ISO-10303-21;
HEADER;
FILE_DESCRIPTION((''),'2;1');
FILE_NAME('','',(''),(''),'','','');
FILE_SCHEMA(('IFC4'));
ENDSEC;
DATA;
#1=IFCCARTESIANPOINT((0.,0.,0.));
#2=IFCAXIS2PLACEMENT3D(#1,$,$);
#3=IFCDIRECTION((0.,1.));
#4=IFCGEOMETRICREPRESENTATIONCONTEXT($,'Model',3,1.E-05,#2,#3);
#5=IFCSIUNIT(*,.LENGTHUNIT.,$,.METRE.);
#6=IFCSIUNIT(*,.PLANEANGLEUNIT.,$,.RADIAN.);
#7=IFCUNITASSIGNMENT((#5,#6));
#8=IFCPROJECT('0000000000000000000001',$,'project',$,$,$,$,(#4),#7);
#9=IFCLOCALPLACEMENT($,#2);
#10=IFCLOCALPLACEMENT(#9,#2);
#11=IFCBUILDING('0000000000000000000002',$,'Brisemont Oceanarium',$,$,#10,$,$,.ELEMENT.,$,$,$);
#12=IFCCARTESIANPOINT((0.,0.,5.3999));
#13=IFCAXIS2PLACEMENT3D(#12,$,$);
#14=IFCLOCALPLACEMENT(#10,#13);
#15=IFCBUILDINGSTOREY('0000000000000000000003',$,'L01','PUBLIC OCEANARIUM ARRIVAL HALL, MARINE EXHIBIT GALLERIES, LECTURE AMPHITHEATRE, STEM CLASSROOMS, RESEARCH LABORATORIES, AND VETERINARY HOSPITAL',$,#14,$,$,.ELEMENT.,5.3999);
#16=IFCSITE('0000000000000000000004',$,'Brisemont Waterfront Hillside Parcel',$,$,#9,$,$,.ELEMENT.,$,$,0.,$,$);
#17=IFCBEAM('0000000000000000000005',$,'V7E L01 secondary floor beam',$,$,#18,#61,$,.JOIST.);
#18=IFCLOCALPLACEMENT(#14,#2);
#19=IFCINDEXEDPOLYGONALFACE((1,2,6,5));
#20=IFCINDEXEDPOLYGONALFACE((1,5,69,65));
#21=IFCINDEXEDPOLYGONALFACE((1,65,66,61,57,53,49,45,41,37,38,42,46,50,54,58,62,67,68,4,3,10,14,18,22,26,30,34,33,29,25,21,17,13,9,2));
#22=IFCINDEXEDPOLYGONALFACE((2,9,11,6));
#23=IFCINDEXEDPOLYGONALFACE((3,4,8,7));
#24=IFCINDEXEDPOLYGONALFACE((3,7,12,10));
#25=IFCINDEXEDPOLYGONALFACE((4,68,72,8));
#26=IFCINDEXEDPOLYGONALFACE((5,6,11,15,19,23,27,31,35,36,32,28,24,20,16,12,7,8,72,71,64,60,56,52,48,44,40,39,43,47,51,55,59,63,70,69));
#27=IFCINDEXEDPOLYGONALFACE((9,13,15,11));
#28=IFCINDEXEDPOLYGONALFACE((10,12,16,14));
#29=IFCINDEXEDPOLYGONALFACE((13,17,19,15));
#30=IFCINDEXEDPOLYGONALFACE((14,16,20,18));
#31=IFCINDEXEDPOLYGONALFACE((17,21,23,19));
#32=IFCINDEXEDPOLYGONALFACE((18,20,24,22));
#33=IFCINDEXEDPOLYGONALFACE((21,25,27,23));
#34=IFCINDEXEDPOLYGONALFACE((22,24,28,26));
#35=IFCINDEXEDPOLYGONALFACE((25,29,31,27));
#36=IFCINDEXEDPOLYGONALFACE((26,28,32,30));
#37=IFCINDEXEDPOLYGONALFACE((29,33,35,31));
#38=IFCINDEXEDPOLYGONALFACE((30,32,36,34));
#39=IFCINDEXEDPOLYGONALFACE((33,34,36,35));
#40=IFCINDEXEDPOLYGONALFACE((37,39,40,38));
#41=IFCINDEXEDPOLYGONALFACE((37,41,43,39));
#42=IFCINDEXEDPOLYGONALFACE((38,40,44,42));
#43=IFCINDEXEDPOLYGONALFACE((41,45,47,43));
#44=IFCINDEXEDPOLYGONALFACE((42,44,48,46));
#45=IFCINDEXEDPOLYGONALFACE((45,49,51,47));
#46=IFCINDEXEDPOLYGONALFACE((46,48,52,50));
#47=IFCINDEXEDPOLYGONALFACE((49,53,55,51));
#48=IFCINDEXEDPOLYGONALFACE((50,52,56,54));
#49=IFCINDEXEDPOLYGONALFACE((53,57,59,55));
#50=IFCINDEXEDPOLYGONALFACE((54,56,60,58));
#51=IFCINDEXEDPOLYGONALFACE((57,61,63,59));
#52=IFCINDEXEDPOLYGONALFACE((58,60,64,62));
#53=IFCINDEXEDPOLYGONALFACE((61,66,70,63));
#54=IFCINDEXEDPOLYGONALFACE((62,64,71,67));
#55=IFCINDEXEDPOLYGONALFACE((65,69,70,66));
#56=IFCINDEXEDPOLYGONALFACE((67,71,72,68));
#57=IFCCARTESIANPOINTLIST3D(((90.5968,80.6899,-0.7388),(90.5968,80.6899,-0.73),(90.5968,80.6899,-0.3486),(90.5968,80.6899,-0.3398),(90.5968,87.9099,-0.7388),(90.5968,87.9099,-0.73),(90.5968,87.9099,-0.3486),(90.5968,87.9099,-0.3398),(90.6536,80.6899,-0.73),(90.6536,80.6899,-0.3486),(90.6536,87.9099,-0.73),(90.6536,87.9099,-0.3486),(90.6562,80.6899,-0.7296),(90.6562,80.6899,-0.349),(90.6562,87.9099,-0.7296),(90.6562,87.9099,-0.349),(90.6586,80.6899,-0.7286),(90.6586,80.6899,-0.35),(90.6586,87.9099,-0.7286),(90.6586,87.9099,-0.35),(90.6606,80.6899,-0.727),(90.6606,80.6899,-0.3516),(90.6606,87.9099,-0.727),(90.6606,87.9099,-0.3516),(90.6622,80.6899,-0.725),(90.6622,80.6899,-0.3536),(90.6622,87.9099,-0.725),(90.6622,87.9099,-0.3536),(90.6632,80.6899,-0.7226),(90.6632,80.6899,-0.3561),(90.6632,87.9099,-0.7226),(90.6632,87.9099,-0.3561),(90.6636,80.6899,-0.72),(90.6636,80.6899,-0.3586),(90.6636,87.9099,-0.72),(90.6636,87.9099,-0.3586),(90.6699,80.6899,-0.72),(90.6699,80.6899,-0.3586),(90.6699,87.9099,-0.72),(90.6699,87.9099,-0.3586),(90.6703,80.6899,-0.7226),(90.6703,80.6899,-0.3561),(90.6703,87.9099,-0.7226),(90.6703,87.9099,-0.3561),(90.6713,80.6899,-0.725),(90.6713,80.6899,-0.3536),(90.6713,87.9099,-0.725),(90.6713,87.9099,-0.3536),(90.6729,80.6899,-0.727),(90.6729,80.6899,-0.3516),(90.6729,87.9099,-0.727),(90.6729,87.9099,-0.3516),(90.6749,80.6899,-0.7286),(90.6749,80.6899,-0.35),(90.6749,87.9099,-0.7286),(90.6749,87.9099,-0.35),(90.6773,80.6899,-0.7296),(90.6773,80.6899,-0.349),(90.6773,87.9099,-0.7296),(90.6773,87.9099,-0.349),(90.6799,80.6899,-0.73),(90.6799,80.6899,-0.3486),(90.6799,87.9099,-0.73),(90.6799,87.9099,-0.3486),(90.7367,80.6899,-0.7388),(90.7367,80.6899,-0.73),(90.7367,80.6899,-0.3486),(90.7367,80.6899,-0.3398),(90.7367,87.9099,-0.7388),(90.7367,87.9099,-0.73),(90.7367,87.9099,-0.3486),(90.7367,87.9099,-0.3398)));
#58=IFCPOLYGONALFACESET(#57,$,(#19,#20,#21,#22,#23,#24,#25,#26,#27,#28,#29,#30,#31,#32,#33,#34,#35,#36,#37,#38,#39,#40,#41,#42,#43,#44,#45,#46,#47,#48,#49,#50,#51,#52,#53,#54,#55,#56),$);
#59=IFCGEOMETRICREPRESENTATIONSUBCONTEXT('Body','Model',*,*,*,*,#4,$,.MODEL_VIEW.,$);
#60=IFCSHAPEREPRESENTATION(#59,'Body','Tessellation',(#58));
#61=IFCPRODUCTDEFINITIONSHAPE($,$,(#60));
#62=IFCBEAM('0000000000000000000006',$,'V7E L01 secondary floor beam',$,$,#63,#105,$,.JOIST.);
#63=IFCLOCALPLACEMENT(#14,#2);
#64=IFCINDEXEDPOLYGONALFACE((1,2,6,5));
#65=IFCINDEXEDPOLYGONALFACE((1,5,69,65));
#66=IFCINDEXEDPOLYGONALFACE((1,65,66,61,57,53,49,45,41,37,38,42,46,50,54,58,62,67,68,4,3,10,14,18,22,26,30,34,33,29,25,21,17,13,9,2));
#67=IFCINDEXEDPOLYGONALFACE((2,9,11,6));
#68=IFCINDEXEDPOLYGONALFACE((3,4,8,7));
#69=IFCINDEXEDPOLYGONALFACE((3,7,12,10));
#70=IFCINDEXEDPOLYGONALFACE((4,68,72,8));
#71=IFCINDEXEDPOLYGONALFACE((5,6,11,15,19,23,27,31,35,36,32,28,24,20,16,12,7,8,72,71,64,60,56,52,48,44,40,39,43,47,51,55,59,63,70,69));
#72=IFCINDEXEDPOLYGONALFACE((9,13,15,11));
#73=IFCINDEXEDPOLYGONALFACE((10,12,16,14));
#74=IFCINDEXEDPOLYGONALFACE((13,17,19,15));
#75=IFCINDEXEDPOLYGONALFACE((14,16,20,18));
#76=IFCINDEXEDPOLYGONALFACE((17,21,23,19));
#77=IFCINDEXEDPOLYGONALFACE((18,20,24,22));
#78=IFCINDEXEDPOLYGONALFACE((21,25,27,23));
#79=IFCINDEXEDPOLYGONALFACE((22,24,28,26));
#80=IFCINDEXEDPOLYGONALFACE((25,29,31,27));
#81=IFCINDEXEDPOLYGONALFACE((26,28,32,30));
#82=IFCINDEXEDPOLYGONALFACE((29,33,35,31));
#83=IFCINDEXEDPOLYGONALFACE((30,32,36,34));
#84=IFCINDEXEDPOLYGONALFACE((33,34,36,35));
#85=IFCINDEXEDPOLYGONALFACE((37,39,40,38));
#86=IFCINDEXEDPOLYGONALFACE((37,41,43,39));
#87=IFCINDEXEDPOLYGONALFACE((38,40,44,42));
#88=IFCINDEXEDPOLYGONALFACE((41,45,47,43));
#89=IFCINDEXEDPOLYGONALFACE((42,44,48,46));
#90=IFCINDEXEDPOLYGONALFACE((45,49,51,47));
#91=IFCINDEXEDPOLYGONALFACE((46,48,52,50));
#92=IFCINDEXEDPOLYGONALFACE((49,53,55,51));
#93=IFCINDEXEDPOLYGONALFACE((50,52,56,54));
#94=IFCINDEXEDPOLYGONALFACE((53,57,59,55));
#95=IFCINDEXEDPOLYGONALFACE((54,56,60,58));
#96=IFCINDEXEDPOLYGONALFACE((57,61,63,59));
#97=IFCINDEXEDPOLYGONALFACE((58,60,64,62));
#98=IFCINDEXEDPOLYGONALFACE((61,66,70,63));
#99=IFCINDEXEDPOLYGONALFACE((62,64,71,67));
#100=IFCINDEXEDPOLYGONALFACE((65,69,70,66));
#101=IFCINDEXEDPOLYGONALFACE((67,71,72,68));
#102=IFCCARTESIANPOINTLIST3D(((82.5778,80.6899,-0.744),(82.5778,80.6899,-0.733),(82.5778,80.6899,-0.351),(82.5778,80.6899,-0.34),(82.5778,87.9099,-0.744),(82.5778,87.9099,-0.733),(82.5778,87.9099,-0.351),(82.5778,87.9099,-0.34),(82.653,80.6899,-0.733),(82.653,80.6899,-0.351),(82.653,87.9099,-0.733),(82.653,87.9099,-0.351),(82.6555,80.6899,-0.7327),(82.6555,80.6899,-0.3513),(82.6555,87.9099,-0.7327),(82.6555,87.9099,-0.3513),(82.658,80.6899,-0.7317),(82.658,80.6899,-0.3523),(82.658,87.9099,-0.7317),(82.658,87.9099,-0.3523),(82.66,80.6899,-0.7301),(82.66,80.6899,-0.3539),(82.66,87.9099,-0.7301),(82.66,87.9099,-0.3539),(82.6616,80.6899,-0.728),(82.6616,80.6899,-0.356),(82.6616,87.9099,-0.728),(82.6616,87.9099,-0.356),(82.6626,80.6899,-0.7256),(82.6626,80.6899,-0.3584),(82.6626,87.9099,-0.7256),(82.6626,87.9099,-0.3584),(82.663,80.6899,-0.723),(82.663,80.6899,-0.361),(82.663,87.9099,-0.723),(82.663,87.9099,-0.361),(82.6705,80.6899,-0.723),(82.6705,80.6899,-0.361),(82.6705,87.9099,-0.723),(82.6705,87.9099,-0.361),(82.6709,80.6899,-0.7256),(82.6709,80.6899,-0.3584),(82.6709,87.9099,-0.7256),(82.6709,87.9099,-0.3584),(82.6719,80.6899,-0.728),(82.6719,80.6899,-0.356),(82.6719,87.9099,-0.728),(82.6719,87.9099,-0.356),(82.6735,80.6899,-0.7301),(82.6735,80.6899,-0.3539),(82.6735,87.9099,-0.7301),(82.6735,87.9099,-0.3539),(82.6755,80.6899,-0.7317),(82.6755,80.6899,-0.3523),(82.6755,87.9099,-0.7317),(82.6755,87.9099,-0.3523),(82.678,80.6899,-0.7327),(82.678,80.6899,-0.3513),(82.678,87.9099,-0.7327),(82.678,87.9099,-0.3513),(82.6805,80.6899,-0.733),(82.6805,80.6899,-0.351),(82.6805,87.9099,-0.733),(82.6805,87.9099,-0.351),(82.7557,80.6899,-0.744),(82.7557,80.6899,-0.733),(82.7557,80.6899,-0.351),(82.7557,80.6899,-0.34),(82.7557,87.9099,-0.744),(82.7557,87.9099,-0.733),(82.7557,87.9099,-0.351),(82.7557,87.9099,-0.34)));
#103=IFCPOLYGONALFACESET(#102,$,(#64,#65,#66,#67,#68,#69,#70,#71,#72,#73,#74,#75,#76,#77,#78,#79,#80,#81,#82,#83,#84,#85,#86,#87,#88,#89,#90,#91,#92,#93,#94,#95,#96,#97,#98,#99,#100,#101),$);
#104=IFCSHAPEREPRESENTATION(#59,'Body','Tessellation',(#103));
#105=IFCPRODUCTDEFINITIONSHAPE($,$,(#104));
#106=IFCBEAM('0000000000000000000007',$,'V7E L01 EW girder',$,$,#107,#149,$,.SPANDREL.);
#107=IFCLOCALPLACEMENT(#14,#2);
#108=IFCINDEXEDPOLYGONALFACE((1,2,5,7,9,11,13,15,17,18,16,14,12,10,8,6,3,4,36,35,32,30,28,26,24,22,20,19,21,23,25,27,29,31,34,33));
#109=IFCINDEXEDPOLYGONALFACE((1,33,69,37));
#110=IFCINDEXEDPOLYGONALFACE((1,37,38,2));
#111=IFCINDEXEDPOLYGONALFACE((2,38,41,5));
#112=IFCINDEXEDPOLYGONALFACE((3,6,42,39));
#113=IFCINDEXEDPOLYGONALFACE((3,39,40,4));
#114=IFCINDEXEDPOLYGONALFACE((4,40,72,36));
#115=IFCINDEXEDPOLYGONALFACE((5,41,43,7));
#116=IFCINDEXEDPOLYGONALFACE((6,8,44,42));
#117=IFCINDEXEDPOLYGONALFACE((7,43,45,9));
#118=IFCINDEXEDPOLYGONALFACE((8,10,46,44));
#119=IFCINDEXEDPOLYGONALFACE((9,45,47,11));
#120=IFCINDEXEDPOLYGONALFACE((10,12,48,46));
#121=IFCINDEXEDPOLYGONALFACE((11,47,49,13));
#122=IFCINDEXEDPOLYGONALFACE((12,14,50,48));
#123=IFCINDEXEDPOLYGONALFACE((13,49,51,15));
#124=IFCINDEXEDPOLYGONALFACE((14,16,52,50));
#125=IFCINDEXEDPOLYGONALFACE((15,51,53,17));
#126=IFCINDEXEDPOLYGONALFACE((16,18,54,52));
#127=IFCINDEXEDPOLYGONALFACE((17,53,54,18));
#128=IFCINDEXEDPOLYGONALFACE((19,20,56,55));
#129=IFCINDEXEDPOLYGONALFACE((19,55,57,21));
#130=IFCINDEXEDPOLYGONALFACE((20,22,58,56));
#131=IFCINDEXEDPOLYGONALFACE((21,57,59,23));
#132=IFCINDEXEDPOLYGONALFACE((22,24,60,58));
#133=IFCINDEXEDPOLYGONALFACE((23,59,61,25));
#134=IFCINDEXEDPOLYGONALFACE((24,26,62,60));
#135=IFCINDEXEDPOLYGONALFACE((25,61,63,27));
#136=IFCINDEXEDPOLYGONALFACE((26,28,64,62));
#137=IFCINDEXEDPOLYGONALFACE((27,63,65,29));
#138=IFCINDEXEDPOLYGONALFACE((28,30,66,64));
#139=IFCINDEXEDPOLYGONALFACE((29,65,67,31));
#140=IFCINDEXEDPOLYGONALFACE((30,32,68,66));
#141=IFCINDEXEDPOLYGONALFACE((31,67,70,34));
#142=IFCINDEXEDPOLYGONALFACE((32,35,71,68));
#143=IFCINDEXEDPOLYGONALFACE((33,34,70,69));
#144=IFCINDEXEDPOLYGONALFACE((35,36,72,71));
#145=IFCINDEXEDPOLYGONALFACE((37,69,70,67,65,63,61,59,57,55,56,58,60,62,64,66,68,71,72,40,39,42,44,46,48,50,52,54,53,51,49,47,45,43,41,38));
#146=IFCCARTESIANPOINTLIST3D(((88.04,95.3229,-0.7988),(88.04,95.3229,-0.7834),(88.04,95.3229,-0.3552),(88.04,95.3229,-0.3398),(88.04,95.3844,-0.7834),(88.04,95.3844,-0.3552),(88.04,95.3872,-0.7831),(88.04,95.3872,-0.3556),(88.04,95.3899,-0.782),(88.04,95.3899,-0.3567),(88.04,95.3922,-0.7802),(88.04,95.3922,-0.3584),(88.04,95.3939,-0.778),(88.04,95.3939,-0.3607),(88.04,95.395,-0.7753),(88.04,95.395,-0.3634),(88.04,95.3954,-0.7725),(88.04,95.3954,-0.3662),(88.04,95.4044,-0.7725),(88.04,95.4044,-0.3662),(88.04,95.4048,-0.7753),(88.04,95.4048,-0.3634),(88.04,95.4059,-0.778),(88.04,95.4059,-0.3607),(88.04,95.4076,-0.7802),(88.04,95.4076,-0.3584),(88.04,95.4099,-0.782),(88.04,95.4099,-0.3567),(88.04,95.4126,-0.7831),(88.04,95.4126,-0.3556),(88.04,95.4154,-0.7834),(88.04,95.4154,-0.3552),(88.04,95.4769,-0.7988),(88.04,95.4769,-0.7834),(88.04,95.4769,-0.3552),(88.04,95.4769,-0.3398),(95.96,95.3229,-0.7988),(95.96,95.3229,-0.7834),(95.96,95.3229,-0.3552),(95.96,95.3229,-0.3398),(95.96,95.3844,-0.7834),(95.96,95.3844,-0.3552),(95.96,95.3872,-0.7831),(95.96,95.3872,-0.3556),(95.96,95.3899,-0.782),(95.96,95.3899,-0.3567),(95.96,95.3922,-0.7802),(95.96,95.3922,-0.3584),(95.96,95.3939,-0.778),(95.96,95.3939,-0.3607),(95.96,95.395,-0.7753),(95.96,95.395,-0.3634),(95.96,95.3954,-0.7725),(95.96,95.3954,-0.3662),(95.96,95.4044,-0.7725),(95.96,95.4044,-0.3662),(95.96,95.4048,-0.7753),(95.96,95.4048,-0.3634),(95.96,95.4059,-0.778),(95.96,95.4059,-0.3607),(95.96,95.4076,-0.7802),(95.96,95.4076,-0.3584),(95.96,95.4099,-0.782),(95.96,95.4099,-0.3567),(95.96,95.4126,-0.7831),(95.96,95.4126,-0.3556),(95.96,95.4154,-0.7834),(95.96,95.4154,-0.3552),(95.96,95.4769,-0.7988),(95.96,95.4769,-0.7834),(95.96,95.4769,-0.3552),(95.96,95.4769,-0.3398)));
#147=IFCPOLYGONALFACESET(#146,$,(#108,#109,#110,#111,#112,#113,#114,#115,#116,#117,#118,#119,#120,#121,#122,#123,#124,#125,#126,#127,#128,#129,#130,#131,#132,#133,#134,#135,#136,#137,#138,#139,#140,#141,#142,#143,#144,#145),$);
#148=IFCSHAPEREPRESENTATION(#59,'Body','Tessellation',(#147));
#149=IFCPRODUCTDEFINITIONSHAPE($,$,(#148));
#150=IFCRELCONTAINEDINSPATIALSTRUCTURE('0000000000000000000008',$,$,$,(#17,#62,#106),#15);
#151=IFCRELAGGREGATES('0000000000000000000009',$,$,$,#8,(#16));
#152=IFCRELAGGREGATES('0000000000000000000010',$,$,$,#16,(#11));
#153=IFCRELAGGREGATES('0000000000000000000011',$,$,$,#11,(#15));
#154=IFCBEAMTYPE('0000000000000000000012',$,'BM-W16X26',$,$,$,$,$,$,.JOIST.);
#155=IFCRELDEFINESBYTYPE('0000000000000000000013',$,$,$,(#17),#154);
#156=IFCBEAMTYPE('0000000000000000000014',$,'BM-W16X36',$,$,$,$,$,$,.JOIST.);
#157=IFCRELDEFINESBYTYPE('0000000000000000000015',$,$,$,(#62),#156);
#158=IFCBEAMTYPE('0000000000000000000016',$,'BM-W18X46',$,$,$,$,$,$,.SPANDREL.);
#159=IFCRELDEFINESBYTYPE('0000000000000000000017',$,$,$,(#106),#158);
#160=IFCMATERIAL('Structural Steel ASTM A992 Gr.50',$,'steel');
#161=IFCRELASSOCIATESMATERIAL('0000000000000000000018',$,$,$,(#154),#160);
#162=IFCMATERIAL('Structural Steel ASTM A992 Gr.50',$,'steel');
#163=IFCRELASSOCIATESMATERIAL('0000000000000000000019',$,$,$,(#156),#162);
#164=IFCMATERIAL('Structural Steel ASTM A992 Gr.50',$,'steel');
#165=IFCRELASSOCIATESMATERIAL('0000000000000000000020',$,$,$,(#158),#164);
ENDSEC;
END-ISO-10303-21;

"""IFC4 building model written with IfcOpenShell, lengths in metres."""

from ifc_helpers import new_model, si_unit, direction, frame, origin, origin_2d, place, context, subcontext, project, spatial, i_section, extrude, material, material_profile, profile_set, type_object, element, save


model = new_model("IFC4")

# Units and contexts
model_context = context("Model", 3, precision=1e-05, world=origin(), true_north=direction((0.0, 1.0)))
body_context = subcontext(model_context, "Body", "Model", "MODEL_VIEW")
ifc_project = project(units=[si_unit("LENGTHUNIT", "METRE"), si_unit("PLANEANGLEUNIT", "RADIAN")], contexts=[model_context])

# Site, building, storey
site_placement = place(None, origin())
site = spatial("IfcSite", under=ifc_project, at=site_placement, Name="Brisemont Waterfront Hillside Parcel", CompositionType="ELEMENT", RefElevation=0.0)
building_placement = place(site_placement, origin())
building = spatial("IfcBuilding", under=site, at=building_placement, Name="Brisemont Oceanarium", CompositionType="ELEMENT")
storey_placement = place(building_placement, frame((0.0, 0.0, 5.3999)))
storey = spatial("IfcBuildingStorey", under=building, at=storey_placement, Name="L01", Description="PUBLIC OCEANARIUM ARRIVAL HALL, MARINE EXHIBIT GALLERIES, LECTURE AMPHITHEATRE, STEM CLASSROOMS, RESEARCH LABORATORIES, AND VETERINARY HOSPITAL", CompositionType="ELEMENT", Elevation=5.3999)

# Beams
ifc_material_1 = material(Name="Structural Steel ASTM A992 Gr.50", Category="steel")
ifc_material_profile_1 = material_profile(ifc_material_1, i_section(OverallWidth=0.1399, OverallDepth=0.3989, WebThickness=0.0063, FlangeThickness=0.0088, FilletRadius=0.01, at=origin_2d()), Name="W16X26")
ifc_profile_set_1 = profile_set([ifc_material_profile_1], Name="Structural Steel ASTM A992 Gr.50")
beam_type_1 = type_object("IfcBeamType", Name="BM-W16X26", PredefinedType="JOIST", material=ifc_profile_set_1)
beam_1_placement = place(storey_placement, frame((90.6667, 80.6899, -0.5393), z_axis=(0.0, 1.0, 0.0), x_axis=(-1.0, 0.0, 0.0)))
element("IfcBeam", 1, at=beam_1_placement, inside=storey, type_object=beam_type_1, Name="V7E L01 secondary floor beam", PredefinedType="JOIST", context=body_context, shape_type="SweptSolid", body=[
    extrude(i_section(OverallWidth=0.1399, OverallDepth=0.3989, WebThickness=0.0063, FlangeThickness=0.0088, FilletRadius=0.01, at=origin_2d()), origin(), (0.0, 0.0, 1.0), 7.22),
])
ifc_material_2 = material(Name="Structural Steel ASTM A992 Gr.50", Category="steel")
ifc_material_profile_2 = material_profile(ifc_material_2, i_section(OverallWidth=0.178, OverallDepth=0.4041, WebThickness=0.0076, FlangeThickness=0.011, FilletRadius=0.01, at=origin_2d()), Name="W16X36")
ifc_profile_set_2 = profile_set([ifc_material_profile_2], Name="Structural Steel ASTM A992 Gr.50")
beam_type_2 = type_object("IfcBeamType", Name="BM-W16X36", PredefinedType="JOIST", material=ifc_profile_set_2)
beam_2_placement = place(storey_placement, frame((82.6667, 80.6899, -0.542), z_axis=(0.0, 1.0, 0.0), x_axis=(-1.0, 0.0, 0.0)))
element("IfcBeam", 2, at=beam_2_placement, inside=storey, type_object=beam_type_2, Name="V7E L01 secondary floor beam", PredefinedType="JOIST", context=body_context, shape_type="SweptSolid", body=[
    extrude(i_section(OverallWidth=0.178, OverallDepth=0.4041, WebThickness=0.0076, FlangeThickness=0.011, FilletRadius=0.01, at=origin_2d()), origin(), (0.0, 0.0, 1.0), 7.22),
])
ifc_material_3 = material(Name="Structural Steel ASTM A992 Gr.50", Category="steel")
ifc_material_profile_3 = material_profile(ifc_material_3, i_section(OverallWidth=0.1541, OverallDepth=0.459, WebThickness=0.009, FlangeThickness=0.0154, FilletRadius=0.011, at=origin_2d()), Name="W18X46")
ifc_profile_set_3 = profile_set([ifc_material_profile_3], Name="Structural Steel ASTM A992 Gr.50")
beam_type_3 = type_object("IfcBeamType", Name="BM-W18X46", PredefinedType="SPANDREL", material=ifc_profile_set_3)
beam_3_placement = place(storey_placement, frame((88.04, 95.3999, -0.5693), z_axis=(1.0, 0.0, 0.0), x_axis=(0.0, 1.0, 0.0)))
element("IfcBeam", 3, at=beam_3_placement, inside=storey, type_object=beam_type_3, Name="V7E L01 EW girder", PredefinedType="SPANDREL", context=body_context, shape_type="SweptSolid", body=[
    extrude(i_section(OverallWidth=0.1541, OverallDepth=0.459, WebThickness=0.009, FlangeThickness=0.0154, FilletRadius=0.011, at=origin_2d()), origin(), (0.0, 0.0, 1.0), 7.9199),
])

save(model, "model.ifc")
